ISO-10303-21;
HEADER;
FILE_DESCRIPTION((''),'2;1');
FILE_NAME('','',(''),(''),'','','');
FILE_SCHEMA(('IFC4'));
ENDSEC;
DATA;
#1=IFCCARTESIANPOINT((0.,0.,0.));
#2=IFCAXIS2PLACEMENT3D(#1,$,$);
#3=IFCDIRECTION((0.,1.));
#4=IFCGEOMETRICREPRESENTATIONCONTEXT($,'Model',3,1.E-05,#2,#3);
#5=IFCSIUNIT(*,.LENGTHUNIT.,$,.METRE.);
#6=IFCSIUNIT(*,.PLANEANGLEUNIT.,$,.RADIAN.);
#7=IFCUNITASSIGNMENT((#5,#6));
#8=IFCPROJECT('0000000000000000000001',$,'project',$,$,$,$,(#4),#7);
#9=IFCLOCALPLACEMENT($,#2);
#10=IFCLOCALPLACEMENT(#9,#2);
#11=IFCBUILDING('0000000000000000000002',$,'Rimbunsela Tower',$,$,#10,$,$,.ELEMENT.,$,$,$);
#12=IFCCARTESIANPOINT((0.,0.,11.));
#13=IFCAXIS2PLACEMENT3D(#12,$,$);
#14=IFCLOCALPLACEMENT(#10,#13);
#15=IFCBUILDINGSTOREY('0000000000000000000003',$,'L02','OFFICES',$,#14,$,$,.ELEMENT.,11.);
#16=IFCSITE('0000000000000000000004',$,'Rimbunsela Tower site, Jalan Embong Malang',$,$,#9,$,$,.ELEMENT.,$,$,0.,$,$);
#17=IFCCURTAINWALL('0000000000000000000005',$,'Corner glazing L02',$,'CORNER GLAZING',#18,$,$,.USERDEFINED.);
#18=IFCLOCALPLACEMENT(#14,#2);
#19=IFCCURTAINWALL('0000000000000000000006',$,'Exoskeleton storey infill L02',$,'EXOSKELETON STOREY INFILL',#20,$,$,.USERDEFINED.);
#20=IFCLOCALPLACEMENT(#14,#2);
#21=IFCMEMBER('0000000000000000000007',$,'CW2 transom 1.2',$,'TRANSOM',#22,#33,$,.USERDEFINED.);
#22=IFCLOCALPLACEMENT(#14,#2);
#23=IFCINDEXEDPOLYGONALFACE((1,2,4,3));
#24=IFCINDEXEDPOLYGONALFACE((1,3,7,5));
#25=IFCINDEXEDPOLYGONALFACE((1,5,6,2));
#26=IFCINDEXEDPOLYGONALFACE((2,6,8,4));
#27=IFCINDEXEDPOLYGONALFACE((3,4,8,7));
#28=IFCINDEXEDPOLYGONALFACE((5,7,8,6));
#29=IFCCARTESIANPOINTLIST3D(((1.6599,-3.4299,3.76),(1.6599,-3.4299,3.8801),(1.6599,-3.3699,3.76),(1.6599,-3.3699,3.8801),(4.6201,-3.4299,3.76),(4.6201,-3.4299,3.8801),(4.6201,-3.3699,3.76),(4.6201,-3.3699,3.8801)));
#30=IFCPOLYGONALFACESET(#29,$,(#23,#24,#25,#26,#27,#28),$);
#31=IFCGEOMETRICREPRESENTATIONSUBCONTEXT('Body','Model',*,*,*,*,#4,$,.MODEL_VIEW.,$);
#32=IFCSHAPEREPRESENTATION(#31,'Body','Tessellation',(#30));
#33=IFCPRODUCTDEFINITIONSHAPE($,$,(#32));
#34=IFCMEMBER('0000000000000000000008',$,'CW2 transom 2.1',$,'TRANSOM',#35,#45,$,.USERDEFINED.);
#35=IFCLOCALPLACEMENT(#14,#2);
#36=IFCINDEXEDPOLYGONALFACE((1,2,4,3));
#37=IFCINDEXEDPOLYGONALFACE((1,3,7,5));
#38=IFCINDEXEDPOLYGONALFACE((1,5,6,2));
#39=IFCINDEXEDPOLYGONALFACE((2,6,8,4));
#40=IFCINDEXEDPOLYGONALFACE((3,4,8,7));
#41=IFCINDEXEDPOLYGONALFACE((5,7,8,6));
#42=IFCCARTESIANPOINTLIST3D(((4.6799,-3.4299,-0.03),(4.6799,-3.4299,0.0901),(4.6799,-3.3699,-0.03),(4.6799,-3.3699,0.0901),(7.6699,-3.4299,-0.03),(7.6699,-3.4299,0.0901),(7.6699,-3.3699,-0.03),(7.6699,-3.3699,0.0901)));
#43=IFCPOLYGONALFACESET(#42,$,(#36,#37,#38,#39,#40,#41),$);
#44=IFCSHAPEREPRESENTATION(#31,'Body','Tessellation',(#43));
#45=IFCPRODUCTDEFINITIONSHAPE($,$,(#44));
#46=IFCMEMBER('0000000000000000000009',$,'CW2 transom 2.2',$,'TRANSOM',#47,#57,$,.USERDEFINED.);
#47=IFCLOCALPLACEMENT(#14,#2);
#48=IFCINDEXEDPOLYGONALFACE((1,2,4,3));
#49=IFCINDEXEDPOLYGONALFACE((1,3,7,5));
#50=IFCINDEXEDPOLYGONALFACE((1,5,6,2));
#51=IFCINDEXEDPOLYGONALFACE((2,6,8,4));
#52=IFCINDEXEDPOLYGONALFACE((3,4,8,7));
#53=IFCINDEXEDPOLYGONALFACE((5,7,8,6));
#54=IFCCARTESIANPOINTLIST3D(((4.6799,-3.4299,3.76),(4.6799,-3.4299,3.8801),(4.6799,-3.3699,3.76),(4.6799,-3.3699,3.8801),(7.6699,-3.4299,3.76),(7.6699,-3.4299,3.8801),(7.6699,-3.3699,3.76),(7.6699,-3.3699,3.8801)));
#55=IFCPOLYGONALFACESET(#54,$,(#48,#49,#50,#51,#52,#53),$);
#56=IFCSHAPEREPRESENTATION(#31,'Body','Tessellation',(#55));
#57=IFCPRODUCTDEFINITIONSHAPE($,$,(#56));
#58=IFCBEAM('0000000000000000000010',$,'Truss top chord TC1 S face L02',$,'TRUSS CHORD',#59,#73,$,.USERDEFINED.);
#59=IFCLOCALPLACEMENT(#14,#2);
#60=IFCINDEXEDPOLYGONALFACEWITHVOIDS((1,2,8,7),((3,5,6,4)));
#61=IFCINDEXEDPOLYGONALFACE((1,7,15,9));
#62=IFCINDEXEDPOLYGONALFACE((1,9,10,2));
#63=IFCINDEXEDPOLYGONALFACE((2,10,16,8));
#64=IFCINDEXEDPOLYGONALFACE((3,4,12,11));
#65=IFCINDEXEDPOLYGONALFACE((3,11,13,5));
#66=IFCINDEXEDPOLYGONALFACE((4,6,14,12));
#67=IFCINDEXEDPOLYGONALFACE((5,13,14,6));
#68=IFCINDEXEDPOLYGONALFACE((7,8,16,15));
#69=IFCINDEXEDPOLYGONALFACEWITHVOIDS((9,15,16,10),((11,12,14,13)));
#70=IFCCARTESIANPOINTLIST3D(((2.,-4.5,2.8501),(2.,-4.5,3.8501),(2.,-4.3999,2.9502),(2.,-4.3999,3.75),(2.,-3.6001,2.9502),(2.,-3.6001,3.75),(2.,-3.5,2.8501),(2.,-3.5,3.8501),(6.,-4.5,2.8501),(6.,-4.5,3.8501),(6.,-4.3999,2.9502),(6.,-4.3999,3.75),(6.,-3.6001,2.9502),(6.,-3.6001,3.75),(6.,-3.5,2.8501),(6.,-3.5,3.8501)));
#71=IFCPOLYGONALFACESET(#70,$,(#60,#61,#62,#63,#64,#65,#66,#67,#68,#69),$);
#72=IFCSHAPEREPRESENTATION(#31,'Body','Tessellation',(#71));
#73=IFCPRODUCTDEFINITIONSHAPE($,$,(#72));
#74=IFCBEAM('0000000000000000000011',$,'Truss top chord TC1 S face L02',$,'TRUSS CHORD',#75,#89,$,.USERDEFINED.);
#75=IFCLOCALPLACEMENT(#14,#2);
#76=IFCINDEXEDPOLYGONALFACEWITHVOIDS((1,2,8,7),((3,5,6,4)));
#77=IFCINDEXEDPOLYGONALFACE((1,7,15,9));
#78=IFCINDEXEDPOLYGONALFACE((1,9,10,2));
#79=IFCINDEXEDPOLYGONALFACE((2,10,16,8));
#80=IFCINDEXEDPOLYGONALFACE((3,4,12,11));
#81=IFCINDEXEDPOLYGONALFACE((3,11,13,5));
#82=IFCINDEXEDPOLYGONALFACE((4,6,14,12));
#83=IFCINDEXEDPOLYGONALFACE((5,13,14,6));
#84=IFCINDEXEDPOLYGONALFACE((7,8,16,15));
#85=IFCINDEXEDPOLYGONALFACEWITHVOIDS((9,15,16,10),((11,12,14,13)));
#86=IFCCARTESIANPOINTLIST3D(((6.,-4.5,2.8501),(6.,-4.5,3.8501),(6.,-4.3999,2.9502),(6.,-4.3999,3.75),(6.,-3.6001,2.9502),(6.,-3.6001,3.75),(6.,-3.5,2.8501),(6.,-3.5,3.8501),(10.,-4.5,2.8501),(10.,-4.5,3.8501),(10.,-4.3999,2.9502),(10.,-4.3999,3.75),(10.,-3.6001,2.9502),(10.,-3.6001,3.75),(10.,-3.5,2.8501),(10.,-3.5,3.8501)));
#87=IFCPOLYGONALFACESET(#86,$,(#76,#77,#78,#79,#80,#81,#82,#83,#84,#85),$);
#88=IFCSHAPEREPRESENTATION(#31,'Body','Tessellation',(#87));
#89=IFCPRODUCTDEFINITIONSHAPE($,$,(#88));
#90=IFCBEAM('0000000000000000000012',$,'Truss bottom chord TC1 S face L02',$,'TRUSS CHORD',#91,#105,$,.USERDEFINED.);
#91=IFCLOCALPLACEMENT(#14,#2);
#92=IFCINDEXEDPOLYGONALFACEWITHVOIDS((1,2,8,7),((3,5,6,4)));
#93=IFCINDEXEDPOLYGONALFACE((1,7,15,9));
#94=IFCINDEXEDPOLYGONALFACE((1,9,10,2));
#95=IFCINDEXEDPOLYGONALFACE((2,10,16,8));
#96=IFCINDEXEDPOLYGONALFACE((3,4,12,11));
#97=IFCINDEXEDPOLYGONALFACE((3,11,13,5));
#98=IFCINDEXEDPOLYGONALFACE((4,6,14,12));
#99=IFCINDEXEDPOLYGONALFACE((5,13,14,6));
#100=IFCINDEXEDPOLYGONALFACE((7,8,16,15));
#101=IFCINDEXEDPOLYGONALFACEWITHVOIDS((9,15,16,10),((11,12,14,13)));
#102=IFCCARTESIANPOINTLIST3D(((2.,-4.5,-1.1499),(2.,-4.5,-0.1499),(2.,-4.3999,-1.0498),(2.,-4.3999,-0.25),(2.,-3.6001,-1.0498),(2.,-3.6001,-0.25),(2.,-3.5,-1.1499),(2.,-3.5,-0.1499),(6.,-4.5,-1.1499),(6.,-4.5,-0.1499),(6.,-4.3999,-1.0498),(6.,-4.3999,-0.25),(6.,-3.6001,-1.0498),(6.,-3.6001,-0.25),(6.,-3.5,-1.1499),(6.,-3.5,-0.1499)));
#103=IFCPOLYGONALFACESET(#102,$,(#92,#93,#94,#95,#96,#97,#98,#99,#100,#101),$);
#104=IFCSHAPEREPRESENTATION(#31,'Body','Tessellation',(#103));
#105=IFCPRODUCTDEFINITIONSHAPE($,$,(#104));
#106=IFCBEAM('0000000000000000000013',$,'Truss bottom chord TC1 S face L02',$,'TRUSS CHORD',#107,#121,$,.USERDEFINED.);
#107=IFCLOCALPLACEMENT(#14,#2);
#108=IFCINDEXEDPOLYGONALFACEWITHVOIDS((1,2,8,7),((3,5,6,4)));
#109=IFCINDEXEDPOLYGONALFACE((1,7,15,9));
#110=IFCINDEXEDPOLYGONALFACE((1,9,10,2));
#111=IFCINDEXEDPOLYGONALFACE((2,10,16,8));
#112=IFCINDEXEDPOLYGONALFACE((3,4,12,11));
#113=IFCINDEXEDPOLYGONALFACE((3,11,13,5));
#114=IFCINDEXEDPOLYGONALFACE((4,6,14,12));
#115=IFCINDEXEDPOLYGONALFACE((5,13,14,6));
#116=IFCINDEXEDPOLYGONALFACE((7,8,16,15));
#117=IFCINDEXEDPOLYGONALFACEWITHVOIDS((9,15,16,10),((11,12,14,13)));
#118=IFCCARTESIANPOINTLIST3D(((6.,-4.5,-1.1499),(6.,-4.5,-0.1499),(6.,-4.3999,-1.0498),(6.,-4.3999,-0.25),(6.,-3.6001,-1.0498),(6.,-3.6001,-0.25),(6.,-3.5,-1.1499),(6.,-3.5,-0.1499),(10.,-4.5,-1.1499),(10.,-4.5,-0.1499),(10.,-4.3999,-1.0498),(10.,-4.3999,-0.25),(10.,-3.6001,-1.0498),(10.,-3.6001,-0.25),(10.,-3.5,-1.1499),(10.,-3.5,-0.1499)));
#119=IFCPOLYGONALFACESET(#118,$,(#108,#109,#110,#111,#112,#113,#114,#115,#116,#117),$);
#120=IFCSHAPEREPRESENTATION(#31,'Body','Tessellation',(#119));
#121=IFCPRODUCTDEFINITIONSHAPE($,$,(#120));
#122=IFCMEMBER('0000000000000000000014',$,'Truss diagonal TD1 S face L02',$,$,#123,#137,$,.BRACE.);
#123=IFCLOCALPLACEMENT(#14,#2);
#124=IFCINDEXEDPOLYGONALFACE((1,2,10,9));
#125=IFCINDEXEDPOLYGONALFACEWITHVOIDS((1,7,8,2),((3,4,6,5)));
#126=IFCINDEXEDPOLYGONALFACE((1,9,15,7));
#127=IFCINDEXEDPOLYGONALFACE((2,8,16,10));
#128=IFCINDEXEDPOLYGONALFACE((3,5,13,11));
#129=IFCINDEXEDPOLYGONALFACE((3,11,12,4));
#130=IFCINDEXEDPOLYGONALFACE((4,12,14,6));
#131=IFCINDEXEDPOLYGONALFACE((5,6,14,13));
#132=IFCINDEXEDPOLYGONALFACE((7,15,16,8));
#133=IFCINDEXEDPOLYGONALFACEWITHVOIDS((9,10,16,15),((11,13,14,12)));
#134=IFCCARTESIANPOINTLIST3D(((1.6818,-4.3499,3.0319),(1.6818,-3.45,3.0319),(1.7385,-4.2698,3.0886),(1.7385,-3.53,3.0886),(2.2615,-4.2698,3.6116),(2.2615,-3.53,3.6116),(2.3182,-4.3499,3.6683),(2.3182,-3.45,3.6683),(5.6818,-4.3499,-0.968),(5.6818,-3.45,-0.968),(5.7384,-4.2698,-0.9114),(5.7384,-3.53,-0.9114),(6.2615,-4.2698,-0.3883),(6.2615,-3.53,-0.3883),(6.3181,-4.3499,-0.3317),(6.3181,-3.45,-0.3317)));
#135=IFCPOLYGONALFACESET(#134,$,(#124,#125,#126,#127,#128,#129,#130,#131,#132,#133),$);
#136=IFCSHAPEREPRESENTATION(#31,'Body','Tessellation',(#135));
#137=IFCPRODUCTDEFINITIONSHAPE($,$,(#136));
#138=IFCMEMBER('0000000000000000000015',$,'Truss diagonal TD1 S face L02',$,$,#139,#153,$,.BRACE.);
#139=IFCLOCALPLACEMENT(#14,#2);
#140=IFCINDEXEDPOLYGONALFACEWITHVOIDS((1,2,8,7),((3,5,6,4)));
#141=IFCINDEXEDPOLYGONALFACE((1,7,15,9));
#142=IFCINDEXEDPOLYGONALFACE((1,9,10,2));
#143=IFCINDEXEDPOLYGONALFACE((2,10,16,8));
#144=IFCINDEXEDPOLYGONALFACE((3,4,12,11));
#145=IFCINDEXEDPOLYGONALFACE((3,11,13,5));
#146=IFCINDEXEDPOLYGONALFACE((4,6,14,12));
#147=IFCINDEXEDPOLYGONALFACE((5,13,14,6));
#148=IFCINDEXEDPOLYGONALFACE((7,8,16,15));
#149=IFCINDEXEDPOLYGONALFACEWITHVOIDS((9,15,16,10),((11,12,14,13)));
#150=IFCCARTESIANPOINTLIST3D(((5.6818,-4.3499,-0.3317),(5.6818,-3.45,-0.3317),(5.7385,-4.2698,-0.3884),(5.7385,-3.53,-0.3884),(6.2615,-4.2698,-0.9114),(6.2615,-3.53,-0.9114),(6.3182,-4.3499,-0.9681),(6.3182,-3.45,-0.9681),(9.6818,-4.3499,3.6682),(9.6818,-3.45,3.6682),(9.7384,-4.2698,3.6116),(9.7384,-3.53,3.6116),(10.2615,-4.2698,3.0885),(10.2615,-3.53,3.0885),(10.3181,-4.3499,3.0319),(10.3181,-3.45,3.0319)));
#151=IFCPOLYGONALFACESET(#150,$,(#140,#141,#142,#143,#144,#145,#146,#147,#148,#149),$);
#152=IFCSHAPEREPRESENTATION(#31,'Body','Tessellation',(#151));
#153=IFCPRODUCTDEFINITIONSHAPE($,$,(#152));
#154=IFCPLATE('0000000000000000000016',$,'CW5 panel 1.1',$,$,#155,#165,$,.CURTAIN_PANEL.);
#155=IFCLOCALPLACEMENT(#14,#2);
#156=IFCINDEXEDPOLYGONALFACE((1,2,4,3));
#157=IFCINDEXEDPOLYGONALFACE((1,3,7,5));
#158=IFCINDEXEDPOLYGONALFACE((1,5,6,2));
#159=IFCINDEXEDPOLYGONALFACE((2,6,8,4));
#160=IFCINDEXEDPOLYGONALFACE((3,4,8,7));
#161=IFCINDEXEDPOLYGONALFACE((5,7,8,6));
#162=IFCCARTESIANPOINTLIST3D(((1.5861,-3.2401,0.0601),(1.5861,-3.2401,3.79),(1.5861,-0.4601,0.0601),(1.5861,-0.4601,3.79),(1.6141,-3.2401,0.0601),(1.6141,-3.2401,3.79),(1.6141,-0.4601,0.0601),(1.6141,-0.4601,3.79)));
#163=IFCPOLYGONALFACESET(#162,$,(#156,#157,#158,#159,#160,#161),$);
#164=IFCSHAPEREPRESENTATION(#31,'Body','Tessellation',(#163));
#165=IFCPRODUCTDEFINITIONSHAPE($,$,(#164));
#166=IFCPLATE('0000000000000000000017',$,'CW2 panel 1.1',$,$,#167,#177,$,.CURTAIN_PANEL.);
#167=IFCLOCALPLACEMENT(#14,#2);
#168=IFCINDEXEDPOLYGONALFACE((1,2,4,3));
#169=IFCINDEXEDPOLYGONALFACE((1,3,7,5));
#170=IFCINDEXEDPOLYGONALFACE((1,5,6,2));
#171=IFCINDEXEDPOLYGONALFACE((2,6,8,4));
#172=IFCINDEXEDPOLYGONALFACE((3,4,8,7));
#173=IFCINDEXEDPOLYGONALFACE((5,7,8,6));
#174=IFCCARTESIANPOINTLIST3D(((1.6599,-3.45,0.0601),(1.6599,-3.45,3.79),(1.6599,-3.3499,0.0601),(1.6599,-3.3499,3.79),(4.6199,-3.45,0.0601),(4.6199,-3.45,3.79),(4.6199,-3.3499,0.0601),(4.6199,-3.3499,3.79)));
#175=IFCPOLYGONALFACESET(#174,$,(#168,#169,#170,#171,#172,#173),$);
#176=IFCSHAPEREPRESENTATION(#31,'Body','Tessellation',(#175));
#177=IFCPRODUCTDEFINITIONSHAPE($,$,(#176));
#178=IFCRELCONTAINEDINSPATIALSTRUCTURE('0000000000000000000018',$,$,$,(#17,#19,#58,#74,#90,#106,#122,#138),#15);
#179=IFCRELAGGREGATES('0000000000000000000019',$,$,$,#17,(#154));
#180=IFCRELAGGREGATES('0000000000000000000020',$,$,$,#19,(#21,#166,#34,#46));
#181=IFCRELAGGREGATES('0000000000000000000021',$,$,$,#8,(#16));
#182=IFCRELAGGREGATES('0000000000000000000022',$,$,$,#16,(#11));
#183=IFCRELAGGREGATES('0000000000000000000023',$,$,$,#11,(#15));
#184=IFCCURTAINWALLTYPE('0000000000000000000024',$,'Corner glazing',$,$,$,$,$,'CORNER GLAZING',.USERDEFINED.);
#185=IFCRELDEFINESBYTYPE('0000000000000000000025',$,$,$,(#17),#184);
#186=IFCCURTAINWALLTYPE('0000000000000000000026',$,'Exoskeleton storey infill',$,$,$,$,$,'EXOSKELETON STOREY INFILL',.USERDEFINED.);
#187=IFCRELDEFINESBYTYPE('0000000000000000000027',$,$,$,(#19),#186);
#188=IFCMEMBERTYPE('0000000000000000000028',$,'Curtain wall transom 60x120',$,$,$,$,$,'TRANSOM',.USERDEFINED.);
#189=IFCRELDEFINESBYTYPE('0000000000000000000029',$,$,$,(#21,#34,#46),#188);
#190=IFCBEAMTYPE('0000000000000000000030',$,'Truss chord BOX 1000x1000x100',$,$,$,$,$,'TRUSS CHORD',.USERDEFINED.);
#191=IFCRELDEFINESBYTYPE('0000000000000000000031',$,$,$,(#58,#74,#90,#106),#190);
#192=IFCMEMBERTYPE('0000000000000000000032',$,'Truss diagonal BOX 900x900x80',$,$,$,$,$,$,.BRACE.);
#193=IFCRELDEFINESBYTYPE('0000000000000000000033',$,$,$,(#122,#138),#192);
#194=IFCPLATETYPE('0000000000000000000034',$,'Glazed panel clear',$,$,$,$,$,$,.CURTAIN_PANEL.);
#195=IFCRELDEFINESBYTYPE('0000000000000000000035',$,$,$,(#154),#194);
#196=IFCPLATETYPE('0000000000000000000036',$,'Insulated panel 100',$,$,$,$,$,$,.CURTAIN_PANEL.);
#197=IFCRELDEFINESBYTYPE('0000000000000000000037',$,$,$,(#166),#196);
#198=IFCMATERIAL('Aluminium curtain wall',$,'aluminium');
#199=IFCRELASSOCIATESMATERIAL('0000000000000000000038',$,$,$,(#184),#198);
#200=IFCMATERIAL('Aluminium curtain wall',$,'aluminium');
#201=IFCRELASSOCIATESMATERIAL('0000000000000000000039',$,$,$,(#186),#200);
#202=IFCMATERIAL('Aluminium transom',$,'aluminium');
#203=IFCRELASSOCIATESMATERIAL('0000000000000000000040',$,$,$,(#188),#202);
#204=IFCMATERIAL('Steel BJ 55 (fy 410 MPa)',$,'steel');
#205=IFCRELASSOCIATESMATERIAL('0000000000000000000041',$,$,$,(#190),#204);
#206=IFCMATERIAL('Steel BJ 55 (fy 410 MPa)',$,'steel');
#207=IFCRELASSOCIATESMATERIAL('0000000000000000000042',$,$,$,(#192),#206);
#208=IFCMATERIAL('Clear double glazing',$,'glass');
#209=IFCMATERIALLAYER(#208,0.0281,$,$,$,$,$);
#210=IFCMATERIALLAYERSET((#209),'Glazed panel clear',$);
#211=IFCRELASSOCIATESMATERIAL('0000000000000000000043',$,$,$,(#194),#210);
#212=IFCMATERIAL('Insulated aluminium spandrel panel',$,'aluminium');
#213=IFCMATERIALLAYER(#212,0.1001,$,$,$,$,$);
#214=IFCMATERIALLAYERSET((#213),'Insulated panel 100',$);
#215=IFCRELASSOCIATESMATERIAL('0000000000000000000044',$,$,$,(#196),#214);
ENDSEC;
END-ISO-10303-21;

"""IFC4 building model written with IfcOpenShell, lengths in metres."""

from ifc_helpers import new_model, si_unit, direction, frame, origin, origin_2d, place, context, subcontext, project, spatial, rectangle, hollow_rectangle, extrude, material, layer, layer_set, material_profile, profile_set, type_object, element, aggregate, save


model = new_model("IFC4")

# Units and contexts
model_context = context("Model", 3, precision=1e-05, world=origin(), true_north=direction((0.0, 1.0)))
body_context = subcontext(model_context, "Body", "Model", "MODEL_VIEW")
ifc_project = project(units=[si_unit("LENGTHUNIT", "METRE"), si_unit("PLANEANGLEUNIT", "RADIAN")], contexts=[model_context])

# Site, building, storey
site_placement = place(None, origin())
site = spatial("IfcSite", under=ifc_project, at=site_placement, Name="Rimbunsela Tower site, Jalan Embong Malang", CompositionType="ELEMENT", RefElevation=0.0)
building_placement = place(site_placement, origin())
building = spatial("IfcBuilding", under=site, at=building_placement, Name="Rimbunsela Tower", CompositionType="ELEMENT")
storey_placement = place(building_placement, frame((0.0, 0.0, 11.0)))
storey = spatial("IfcBuildingStorey", under=building, at=storey_placement, Name="L02", Description="OFFICES", CompositionType="ELEMENT", Elevation=11.0)

# Curtain wall
ifc_material_1 = material(Name="Aluminium curtain wall", Category="aluminium")
curtain_wall_type_1 = type_object("IfcCurtainWallType", Name="Corner glazing", ElementType="CORNER GLAZING", PredefinedType="USERDEFINED", material=ifc_material_1)
curtain_wall_1_placement = place(storey_placement, origin())
curtain_wall_1 = element("IfcCurtainWall", 1, at=curtain_wall_1_placement, inside=storey, type_object=curtain_wall_type_1, Name="Corner glazing L02", ObjectType="CORNER GLAZING", PredefinedType="USERDEFINED")

# Curtain wall
ifc_material_2 = material(Name="Aluminium curtain wall", Category="aluminium")
curtain_wall_type_2 = type_object("IfcCurtainWallType", Name="Exoskeleton storey infill", ElementType="EXOSKELETON STOREY INFILL", PredefinedType="USERDEFINED", material=ifc_material_2)
curtain_wall_2_placement = place(storey_placement, origin())
curtain_wall_2 = element("IfcCurtainWall", 2, at=curtain_wall_2_placement, inside=storey, type_object=curtain_wall_type_2, Name="Exoskeleton storey infill L02", ObjectType="EXOSKELETON STOREY INFILL", PredefinedType="USERDEFINED")

# Members
ifc_material_3 = material(Name="Aluminium transom", Category="aluminium")
ifc_material_profile_1 = material_profile(ifc_material_3, rectangle(XDim=0.0601, YDim=0.1201, at=origin_2d()), Name="Transom 60x120")
ifc_profile_set_1 = profile_set([ifc_material_profile_1], Name="Aluminium transom")
member_type_1 = type_object("IfcMemberType", Name="Curtain wall transom 60x120", ElementType="TRANSOM", PredefinedType="USERDEFINED", material=ifc_profile_set_1)
member_1_placement = place(storey_placement, frame((1.6599, -3.3999, 3.8201), z_axis=(1.0, 0.0, 0.0), x_axis=(0.0, 1.0, 0.0)))
member_1 = element("IfcMember", 3, at=member_1_placement, type_object=member_type_1, Name="CW2 transom 1.2", ObjectType="TRANSOM", PredefinedType="USERDEFINED", context=body_context, shape_type="SweptSolid", body=[
    extrude(rectangle(XDim=0.0601, YDim=0.1201, at=origin_2d()), origin(), (0.0, 0.0, 1.0), 2.9602),
])
member_2_placement = place(storey_placement, frame((4.6799, -3.3999, 0.03), z_axis=(1.0, 0.0, 0.0), x_axis=(0.0, 1.0, 0.0)))
member_2 = element("IfcMember", 4, at=member_2_placement, type_object=member_type_1, Name="CW2 transom 2.1", ObjectType="TRANSOM", PredefinedType="USERDEFINED", context=body_context, shape_type="SweptSolid", body=[
    extrude(rectangle(XDim=0.0601, YDim=0.1201, at=origin_2d()), origin(), (0.0, 0.0, 1.0), 2.99),
])
member_3_placement = place(storey_placement, frame((4.6799, -3.3999, 3.8201), z_axis=(1.0, 0.0, 0.0), x_axis=(0.0, 1.0, 0.0)))
member_3 = element("IfcMember", 5, at=member_3_placement, type_object=member_type_1, Name="CW2 transom 2.2", ObjectType="TRANSOM", PredefinedType="USERDEFINED", context=body_context, shape_type="SweptSolid", body=[
    extrude(rectangle(XDim=0.0601, YDim=0.1201, at=origin_2d()), origin(), (0.0, 0.0, 1.0), 2.99),
])

# Beams
ifc_material_4 = material(Name="Steel BJ 55 (fy 410 MPa)", Category="steel")
ifc_material_profile_2 = material_profile(ifc_material_4, hollow_rectangle(XDim=1.0, YDim=1.0, WallThickness=0.1001, at=origin_2d()), Name="BOX 1000x1000x100")
ifc_profile_set_2 = profile_set([ifc_material_profile_2], Name="Steel BJ 55 (fy 410 MPa)")
beam_type_1 = type_object("IfcBeamType", Name="Truss chord BOX 1000x1000x100", ElementType="TRUSS CHORD", PredefinedType="USERDEFINED", material=ifc_profile_set_2)
for number, where, z_axis, x_axis, name in (
    (6, (2.0, -4.0, 3.3501), (1.0, 0.0, 0.0), (0.0, 1.0, 0.0), "Truss top chord TC1 S face L02"),
    (7, (6.0, -4.0, 3.3501), (1.0, 0.0, 0.0), (0.0, 1.0, 0.0), "Truss top chord TC1 S face L02"),
    (8, (2.0, -4.0, -0.6499), (1.0, 0.0, 0.0), (0.0, 1.0, 0.0), "Truss bottom chord TC1 S face L02"),
    (9, (6.0, -4.0, -0.6499), (1.0, 0.0, 0.0), (0.0, 1.0, 0.0), "Truss bottom chord TC1 S face L02"),
):
    element("IfcBeam", number, at=place(storey_placement, frame(where, z_axis=z_axis, x_axis=x_axis)), inside=storey, type_object=beam_type_1, Name=name, ObjectType="TRUSS CHORD", PredefinedType="USERDEFINED", context=body_context, shape_type="SweptSolid", body=[
        extrude(hollow_rectangle(XDim=1.0, YDim=1.0, WallThickness=0.1001, at=origin_2d()), origin(), (0.0, 0.0, 1.0), 4.0),
    ])

# Members
ifc_material_5 = material(Name="Steel BJ 55 (fy 410 MPa)", Category="steel")
ifc_material_profile_3 = material_profile(ifc_material_5, hollow_rectangle(XDim=0.8999, YDim=0.8999, WallThickness=0.0801, at=origin_2d()), Name="BOX 900x900x80")
ifc_profile_set_3 = profile_set([ifc_material_profile_3], Name="Steel BJ 55 (fy 410 MPa)")
member_type_2 = type_object("IfcMemberType", Name="Truss diagonal BOX 900x900x80", PredefinedType="BRACE", material=ifc_profile_set_3)
for number, where, z_axis, x_axis, name in (
    (10, (2.0, -3.8999, 3.3501), (0.707107, 0.0, -0.707107), (0.0, 1.0, 0.0), "Truss diagonal TD1 S face L02"),
    (11, (6.0, -3.8999, -0.6499), (0.707107, 0.0, 0.707107), (0.0, 1.0, 0.0), "Truss diagonal TD1 S face L02"),
):
    element("IfcMember", number, at=place(storey_placement, frame(where, z_axis=z_axis, x_axis=x_axis)), inside=storey, type_object=member_type_2, Name=name, PredefinedType="BRACE", context=body_context, shape_type="SweptSolid", body=[
        extrude(hollow_rectangle(XDim=0.8999, YDim=0.8999, WallThickness=0.0801, at=origin_2d()), origin(), (0.0, 0.0, 1.0), 5.6567),
    ])

# Plates
ifc_material_6 = material(Name="Clear double glazing", Category="glass")
ifc_layer_1 = layer(ifc_material_6, 0.0281)
ifc_layer_set_1 = layer_set([ifc_layer_1], Name="Glazed panel clear")
plate_type_1 = type_object("IfcPlateType", Name="Glazed panel clear", PredefinedType="CURTAIN_PANEL", material=ifc_layer_set_1)
plate_1_placement = place(storey_placement, frame((1.6001, -1.8501, 0.0601), z_axis=(0.0, 0.0, 1.0), x_axis=(0.0, -1.0, 0.0)))
plate_1 = element("IfcPlate", 12, at=plate_1_placement, type_object=plate_type_1, Name="CW5 panel 1.1", PredefinedType="CURTAIN_PANEL", context=body_context, shape_type="SweptSolid", body=[
    extrude(rectangle(XDim=2.78, YDim=0.0281, at=origin_2d()), origin(), (0.0, 0.0, 1.0), 3.73),
])
aggregate(curtain_wall_1, [plate_1])
ifc_material_7 = material(Name="Insulated aluminium spandrel panel", Category="aluminium")
ifc_layer_2 = layer(ifc_material_7, 0.1001)
ifc_layer_set_2 = layer_set([ifc_layer_2], Name="Insulated panel 100")
plate_type_2 = type_object("IfcPlateType", Name="Insulated panel 100", PredefinedType="CURTAIN_PANEL", material=ifc_layer_set_2)
plate_2_placement = place(storey_placement, frame((3.1399, -3.3999, 0.0601), z_axis=(0.0, 0.0, 1.0), x_axis=(1.0, 0.0, 0.0)))
plate_2 = element("IfcPlate", 13, at=plate_2_placement, type_object=plate_type_2, Name="CW2 panel 1.1", PredefinedType="CURTAIN_PANEL", context=body_context, shape_type="SweptSolid", body=[
    extrude(rectangle(XDim=2.96, YDim=0.1001, at=origin_2d()), origin(), (0.0, 0.0, 1.0), 3.73),
])
aggregate(curtain_wall_2, [member_1, plate_2, member_2, member_3])

save(model, "model.ifc")
